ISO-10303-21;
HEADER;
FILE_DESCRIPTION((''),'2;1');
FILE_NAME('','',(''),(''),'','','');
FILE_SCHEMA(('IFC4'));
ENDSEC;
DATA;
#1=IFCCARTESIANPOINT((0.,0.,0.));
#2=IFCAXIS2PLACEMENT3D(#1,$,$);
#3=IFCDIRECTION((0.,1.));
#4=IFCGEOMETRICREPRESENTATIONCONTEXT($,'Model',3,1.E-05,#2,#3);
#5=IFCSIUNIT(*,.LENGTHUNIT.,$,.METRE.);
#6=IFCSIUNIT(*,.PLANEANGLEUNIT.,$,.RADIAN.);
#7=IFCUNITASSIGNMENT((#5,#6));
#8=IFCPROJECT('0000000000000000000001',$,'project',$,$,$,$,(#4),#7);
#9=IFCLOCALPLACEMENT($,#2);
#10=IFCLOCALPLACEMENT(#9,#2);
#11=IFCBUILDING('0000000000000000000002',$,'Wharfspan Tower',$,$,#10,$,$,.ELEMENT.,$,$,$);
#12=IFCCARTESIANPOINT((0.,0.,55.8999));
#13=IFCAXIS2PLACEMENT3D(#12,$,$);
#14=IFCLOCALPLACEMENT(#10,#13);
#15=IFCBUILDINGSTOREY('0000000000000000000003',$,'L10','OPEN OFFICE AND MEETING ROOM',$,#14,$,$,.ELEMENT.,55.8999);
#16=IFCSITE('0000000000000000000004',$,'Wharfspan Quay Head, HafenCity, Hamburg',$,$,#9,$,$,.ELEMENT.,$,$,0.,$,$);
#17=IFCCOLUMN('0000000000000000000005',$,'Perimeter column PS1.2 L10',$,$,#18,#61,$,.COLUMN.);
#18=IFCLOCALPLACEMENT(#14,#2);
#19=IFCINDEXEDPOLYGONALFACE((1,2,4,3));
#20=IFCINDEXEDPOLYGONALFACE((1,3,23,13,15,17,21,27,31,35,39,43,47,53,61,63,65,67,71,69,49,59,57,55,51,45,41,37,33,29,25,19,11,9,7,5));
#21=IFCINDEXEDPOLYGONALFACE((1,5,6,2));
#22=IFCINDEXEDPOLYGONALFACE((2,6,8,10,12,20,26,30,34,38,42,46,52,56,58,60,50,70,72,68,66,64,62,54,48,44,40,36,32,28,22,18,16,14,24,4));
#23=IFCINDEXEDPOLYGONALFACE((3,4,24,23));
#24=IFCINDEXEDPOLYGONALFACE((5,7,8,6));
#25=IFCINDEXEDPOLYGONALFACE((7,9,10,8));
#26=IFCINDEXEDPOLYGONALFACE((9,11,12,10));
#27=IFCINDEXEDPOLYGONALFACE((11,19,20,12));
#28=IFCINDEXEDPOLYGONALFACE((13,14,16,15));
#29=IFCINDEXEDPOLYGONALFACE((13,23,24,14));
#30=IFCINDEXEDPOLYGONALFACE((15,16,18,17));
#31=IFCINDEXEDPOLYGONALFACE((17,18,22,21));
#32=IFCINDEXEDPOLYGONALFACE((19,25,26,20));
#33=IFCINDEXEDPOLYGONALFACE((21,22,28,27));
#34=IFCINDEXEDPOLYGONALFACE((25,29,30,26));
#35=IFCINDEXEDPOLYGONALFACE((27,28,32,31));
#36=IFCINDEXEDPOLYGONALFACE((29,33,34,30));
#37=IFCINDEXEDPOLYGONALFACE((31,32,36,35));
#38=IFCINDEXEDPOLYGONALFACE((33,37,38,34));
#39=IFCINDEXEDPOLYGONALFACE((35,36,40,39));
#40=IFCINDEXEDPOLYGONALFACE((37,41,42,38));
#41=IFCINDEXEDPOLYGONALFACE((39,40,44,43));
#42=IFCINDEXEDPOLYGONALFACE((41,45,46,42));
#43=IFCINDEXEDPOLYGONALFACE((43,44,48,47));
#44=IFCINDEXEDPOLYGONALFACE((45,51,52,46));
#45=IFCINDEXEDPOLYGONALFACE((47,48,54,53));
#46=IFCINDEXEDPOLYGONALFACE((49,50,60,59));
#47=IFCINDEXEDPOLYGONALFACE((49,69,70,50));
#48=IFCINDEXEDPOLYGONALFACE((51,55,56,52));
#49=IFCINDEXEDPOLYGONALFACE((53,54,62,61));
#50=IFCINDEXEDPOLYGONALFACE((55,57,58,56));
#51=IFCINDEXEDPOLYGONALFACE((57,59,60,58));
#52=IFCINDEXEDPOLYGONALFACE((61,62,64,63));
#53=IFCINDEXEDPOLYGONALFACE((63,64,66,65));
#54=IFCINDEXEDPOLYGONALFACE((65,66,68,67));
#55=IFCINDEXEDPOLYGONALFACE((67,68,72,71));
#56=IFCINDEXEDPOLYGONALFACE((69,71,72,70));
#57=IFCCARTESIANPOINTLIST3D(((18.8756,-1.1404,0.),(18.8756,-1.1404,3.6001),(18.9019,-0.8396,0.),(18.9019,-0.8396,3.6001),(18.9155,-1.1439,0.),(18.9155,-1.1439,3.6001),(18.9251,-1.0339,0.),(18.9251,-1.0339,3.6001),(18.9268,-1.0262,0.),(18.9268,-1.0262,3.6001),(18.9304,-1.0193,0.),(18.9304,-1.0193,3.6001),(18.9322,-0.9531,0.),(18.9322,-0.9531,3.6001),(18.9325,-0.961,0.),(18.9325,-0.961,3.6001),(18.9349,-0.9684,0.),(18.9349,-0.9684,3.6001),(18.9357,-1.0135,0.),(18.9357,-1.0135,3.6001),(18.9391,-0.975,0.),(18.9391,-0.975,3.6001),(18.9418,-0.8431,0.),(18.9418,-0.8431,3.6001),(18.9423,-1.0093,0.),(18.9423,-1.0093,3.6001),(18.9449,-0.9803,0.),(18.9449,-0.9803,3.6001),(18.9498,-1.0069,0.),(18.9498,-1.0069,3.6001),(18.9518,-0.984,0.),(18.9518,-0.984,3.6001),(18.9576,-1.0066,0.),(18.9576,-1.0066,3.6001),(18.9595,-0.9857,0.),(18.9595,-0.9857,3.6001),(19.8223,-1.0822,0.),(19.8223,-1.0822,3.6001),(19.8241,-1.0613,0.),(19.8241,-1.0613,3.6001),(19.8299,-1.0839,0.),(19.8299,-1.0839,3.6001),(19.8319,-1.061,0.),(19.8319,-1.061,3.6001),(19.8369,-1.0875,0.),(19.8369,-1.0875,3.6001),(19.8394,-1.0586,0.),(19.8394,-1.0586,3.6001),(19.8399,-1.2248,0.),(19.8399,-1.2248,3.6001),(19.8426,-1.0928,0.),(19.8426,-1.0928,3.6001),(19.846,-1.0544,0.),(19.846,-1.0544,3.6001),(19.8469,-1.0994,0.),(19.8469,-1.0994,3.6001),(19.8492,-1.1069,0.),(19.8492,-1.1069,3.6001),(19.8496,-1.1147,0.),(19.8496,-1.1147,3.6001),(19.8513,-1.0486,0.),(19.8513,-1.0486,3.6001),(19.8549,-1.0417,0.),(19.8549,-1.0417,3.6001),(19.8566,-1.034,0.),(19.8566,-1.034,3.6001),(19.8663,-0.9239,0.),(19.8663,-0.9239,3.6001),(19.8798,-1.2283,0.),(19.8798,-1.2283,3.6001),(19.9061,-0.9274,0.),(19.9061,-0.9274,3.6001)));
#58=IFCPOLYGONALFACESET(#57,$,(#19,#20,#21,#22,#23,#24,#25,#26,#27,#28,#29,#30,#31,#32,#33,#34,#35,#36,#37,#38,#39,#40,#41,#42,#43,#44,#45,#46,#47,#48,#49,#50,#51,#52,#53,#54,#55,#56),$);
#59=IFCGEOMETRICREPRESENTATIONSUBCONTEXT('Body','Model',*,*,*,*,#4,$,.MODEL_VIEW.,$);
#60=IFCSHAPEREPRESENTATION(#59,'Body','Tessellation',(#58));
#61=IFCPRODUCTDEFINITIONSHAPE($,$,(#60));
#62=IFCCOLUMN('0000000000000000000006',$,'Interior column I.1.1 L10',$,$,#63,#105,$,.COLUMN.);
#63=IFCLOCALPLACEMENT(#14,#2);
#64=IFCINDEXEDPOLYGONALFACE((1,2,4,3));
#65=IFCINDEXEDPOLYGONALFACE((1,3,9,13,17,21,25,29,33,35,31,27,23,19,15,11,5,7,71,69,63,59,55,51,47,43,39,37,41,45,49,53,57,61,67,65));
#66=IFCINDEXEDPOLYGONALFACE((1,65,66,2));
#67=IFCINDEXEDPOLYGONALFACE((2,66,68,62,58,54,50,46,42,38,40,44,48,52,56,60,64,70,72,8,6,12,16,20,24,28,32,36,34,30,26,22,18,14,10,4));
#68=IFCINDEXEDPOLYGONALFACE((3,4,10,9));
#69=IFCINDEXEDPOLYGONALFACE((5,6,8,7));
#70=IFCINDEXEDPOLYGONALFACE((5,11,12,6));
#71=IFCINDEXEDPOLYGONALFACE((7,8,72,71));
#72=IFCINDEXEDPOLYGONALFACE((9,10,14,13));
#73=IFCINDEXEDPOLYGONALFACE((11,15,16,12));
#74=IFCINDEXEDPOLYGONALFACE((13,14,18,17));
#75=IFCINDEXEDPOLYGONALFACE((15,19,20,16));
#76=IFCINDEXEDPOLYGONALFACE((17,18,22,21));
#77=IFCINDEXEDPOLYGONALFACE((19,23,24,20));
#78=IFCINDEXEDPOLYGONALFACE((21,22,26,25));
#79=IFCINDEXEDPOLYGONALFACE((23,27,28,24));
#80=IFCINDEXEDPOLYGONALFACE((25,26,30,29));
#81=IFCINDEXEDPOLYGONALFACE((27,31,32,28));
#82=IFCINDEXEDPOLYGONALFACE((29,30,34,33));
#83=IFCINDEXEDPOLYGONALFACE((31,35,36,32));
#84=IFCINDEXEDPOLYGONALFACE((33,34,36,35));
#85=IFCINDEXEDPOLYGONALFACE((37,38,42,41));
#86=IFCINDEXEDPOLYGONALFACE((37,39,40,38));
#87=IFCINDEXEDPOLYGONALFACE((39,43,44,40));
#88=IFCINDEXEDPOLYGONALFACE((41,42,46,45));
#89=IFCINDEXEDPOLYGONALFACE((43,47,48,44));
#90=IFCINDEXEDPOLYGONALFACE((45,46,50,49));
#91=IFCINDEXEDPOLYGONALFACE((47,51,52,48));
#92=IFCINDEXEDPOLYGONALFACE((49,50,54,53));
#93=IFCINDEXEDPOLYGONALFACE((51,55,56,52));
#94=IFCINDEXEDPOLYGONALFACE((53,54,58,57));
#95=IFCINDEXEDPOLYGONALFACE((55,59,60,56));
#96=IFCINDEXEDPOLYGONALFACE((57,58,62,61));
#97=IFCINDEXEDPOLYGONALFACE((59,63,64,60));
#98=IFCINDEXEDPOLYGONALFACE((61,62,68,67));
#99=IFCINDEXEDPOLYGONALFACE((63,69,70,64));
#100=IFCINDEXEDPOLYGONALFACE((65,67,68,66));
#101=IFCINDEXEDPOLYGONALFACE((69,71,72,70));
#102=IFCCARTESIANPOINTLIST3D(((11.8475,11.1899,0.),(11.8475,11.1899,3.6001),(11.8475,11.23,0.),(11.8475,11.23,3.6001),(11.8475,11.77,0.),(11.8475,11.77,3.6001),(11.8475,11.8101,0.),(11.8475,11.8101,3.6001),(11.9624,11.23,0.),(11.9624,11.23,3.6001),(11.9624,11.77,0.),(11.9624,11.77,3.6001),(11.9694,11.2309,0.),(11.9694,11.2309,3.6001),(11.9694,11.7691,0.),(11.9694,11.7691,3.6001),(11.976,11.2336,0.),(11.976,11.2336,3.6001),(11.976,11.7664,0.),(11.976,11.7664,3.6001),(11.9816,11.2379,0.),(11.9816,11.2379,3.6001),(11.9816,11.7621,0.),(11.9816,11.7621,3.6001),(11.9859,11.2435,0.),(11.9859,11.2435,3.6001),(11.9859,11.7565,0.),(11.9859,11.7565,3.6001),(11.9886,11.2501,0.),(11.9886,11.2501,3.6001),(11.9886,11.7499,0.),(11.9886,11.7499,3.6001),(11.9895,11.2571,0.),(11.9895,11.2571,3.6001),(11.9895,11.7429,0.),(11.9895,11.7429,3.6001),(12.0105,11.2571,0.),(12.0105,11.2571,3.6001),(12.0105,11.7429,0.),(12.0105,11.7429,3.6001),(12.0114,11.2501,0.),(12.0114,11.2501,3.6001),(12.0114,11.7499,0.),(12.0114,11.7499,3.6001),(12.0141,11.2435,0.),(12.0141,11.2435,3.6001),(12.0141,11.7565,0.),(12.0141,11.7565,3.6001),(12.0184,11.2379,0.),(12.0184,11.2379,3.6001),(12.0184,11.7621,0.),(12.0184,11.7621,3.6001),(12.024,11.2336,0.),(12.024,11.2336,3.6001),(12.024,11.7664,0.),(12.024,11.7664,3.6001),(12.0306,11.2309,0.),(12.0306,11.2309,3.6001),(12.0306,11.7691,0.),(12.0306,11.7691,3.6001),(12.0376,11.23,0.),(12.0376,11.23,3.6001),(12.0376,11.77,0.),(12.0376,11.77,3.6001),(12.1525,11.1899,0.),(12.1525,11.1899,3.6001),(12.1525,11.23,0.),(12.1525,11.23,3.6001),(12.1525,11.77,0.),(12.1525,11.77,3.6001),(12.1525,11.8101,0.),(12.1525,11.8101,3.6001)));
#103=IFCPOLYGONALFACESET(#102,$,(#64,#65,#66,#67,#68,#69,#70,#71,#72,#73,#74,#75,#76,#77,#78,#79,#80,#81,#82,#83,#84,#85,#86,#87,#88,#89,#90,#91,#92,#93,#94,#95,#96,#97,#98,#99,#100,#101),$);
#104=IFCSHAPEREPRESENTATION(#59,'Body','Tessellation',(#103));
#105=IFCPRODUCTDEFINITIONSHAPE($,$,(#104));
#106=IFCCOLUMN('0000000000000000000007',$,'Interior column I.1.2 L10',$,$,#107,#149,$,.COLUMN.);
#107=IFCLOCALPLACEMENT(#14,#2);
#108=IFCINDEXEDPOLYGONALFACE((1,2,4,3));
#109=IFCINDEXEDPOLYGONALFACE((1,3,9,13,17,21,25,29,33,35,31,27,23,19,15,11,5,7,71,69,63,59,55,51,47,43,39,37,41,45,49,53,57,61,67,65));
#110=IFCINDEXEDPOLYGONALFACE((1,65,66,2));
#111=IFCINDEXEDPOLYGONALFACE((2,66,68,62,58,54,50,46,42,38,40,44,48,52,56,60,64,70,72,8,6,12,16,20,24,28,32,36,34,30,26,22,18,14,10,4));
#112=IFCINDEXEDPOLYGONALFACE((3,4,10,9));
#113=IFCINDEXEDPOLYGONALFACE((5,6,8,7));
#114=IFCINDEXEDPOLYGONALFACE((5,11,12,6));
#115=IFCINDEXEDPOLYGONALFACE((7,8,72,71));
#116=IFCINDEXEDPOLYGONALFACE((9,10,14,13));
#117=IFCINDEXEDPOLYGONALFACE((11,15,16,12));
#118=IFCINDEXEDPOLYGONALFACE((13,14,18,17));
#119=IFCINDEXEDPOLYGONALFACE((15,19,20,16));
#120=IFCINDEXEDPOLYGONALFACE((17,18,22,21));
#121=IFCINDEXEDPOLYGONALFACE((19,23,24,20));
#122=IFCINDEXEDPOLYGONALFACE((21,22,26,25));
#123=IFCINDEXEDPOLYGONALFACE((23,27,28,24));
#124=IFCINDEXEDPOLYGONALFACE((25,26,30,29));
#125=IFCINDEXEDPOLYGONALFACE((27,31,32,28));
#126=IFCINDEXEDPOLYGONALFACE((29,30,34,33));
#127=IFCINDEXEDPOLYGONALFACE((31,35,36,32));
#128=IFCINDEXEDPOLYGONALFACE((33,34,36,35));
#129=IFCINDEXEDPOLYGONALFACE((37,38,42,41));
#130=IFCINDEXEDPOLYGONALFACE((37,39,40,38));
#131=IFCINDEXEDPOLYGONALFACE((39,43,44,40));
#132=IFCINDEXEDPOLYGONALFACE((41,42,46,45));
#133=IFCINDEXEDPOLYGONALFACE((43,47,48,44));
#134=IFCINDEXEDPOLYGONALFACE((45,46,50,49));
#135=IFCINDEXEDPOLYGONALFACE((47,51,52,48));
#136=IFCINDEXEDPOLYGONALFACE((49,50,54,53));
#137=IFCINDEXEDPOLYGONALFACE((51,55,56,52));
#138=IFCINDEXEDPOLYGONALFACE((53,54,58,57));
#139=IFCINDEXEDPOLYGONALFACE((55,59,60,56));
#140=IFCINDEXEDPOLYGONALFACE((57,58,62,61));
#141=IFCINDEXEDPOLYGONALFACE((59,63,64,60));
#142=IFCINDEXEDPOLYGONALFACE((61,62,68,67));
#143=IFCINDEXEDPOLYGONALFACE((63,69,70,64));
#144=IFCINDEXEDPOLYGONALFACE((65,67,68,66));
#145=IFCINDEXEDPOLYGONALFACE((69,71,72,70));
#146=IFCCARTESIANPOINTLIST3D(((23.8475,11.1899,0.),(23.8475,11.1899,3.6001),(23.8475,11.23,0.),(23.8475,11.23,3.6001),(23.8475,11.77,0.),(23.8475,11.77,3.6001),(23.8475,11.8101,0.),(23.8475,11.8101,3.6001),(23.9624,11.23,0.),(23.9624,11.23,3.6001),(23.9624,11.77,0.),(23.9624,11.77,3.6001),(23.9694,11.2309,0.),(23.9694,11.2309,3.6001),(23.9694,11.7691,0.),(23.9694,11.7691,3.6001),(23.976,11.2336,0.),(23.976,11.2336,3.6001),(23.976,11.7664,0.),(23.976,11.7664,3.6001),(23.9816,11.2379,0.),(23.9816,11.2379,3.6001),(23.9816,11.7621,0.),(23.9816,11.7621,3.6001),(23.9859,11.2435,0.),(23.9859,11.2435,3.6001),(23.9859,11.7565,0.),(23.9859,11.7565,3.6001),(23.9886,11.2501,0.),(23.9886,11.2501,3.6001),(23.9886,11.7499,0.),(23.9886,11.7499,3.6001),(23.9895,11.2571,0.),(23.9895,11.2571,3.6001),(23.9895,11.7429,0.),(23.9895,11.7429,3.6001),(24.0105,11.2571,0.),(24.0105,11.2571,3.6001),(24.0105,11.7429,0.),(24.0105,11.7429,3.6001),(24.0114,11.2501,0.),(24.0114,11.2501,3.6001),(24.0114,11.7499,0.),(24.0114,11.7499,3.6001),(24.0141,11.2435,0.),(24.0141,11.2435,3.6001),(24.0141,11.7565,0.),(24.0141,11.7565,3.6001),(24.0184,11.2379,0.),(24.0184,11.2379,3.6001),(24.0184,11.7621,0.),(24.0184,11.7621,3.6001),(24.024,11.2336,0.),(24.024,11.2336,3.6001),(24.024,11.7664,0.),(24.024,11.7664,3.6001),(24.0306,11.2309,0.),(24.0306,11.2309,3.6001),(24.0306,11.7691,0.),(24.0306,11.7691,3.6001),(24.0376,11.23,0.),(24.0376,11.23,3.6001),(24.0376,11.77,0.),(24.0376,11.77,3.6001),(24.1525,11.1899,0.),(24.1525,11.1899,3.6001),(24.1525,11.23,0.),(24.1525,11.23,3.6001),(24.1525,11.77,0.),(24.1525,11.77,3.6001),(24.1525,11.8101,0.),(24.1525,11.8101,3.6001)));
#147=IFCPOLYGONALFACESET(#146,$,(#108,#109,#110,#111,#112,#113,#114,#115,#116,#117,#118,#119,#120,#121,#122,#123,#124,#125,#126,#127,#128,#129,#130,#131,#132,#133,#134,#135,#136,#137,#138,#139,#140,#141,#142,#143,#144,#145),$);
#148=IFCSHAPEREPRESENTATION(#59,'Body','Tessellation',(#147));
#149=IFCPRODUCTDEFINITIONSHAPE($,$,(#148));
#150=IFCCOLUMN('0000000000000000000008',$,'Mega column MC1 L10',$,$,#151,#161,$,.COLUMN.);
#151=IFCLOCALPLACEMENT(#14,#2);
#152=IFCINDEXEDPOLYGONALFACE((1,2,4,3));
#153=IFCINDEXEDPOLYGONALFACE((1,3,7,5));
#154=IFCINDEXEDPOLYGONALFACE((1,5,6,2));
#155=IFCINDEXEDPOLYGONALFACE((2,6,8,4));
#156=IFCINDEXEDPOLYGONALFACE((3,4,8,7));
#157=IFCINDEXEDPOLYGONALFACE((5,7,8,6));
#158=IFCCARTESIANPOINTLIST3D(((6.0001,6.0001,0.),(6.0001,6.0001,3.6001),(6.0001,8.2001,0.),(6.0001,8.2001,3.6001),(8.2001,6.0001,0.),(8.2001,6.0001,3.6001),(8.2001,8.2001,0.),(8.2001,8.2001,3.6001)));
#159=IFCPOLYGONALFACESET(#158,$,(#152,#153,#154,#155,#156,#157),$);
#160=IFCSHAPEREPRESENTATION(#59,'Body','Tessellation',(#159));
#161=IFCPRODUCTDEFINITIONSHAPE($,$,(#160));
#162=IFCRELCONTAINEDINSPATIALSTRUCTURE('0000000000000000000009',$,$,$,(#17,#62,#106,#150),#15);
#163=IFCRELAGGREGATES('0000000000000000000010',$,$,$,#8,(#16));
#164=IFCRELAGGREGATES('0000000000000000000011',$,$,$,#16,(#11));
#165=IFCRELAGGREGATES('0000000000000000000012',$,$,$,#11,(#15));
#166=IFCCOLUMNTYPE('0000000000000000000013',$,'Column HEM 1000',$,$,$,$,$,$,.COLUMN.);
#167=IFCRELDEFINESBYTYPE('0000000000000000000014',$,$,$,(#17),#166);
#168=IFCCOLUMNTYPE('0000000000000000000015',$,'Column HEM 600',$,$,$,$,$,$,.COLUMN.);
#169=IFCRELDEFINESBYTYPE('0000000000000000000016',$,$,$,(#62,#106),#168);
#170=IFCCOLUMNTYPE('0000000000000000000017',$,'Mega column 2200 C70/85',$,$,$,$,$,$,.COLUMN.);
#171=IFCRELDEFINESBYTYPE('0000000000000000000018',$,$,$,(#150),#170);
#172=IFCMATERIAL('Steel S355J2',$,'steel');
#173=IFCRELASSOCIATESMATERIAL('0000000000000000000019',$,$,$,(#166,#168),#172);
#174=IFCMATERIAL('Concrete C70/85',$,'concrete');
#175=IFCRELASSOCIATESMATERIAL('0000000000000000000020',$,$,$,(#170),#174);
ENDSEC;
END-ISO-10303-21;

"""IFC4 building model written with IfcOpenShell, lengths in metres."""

from ifc_helpers import new_model, si_unit, direction, frame, origin, origin_2d, place, context, subcontext, project, spatial, rectangle, i_section, extrude, material, material_profile, profile_set, type_object, element, save


model = new_model("IFC4")

# Units and contexts
model_context = context("Model", 3, precision=1e-05, world=origin(), true_north=direction((0.0, 1.0)))
body_context = subcontext(model_context, "Body", "Model", "MODEL_VIEW")
ifc_project = project(units=[si_unit("LENGTHUNIT", "METRE"), si_unit("PLANEANGLEUNIT", "RADIAN")], contexts=[model_context])

# Site, building, storey
site_placement = place(None, origin())
site = spatial("IfcSite", under=ifc_project, at=site_placement, Name="Wharfspan Quay Head, HafenCity, Hamburg", CompositionType="ELEMENT", RefElevation=0.0)
building_placement = place(site_placement, origin())
building = spatial("IfcBuilding", under=site, at=building_placement, Name="Wharfspan Tower", CompositionType="ELEMENT")
storey_placement = place(building_placement, frame((0.0, 0.0, 55.8999)))
storey = spatial("IfcBuildingStorey", under=building, at=storey_placement, Name="L10", Description="OPEN OFFICE AND MEETING ROOM", CompositionType="ELEMENT", Elevation=55.8999)

# Columns
ifc_material_1 = material(Name="Steel S355J2", Category="steel")
ifc_material_profile_1 = material_profile(ifc_material_1, i_section(OverallWidth=0.302, OverallDepth=1.0081, WebThickness=0.021, FlangeThickness=0.04, FilletRadius=0.03, at=origin_2d()))
ifc_profile_set_1 = profile_set([ifc_material_profile_1], Name="Steel S355J2")
column_type_1 = type_object("IfcColumnType", Name="Column HEM 1000", PredefinedType="COLUMN", material=ifc_profile_set_1)
column_1_placement = place(storey_placement, frame((19.3909, -1.0339, 0.0), z_axis=(0.0, 0.0, 1.0), x_axis=(-0.087156, -0.996198, 0.0)))
element("IfcColumn", 1, at=column_1_placement, inside=storey, type_object=column_type_1, Name="Perimeter column PS1.2 L10", PredefinedType="COLUMN", context=body_context, shape_type="SweptSolid", body=[
    extrude(i_section(OverallWidth=0.302, OverallDepth=1.0081, WebThickness=0.021, FlangeThickness=0.04, FilletRadius=0.03, at=origin_2d()), origin(), (0.0, 0.0, 1.0), 3.6001),
])
ifc_material_profile_2 = material_profile(ifc_material_1, i_section(OverallWidth=0.3049, OverallDepth=0.6201, WebThickness=0.021, FlangeThickness=0.04, FilletRadius=0.0271, at=origin_2d()))
ifc_profile_set_2 = profile_set([ifc_material_profile_2], Name="Steel S355J2")
column_type_2 = type_object("IfcColumnType", Name="Column HEM 600", PredefinedType="COLUMN", material=ifc_profile_set_2)
for number, where, z_axis, x_axis, name in (
    (2, (12.0, 11.5, 0.0), (0.0, 0.0, 1.0), (1.0, 0.0, 0.0), "Interior column I.1.1 L10"),
    (3, (24.0, 11.5, 0.0), (0.0, 0.0, 1.0), (1.0, 0.0, 0.0), "Interior column I.1.2 L10"),
):
    element("IfcColumn", number, at=place(storey_placement, frame(where, z_axis=z_axis, x_axis=x_axis)), inside=storey, type_object=column_type_2, Name=name, PredefinedType="COLUMN", context=body_context, shape_type="SweptSolid", body=[
        extrude(i_section(OverallWidth=0.3049, OverallDepth=0.6201, WebThickness=0.021, FlangeThickness=0.04, FilletRadius=0.0271, at=origin_2d()), origin(), (0.0, 0.0, 1.0), 3.6001),
    ])
ifc_material_2 = material(Name="Concrete C70/85", Category="concrete")
ifc_material_profile_3 = material_profile(ifc_material_2, rectangle(XDim=2.2, YDim=2.2, at=origin_2d()))
ifc_profile_set_3 = profile_set([ifc_material_profile_3], Name="Concrete C70/85")
column_type_3 = type_object("IfcColumnType", Name="Mega column 2200 C70/85", PredefinedType="COLUMN", material=ifc_profile_set_3)
column_2_placement = place(storey_placement, frame((7.1001, 7.1001, 0.0), z_axis=(0.0, 0.0, 1.0), x_axis=(1.0, 0.0, 0.0)))
element("IfcColumn", 4, at=column_2_placement, inside=storey, type_object=column_type_3, Name="Mega column MC1 L10", PredefinedType="COLUMN", context=body_context, shape_type="SweptSolid", body=[
    extrude(rectangle(XDim=2.2, YDim=2.2, at=origin_2d()), origin(), (0.0, 0.0, 1.0), 3.6001),
])

save(model, "model.ifc")
